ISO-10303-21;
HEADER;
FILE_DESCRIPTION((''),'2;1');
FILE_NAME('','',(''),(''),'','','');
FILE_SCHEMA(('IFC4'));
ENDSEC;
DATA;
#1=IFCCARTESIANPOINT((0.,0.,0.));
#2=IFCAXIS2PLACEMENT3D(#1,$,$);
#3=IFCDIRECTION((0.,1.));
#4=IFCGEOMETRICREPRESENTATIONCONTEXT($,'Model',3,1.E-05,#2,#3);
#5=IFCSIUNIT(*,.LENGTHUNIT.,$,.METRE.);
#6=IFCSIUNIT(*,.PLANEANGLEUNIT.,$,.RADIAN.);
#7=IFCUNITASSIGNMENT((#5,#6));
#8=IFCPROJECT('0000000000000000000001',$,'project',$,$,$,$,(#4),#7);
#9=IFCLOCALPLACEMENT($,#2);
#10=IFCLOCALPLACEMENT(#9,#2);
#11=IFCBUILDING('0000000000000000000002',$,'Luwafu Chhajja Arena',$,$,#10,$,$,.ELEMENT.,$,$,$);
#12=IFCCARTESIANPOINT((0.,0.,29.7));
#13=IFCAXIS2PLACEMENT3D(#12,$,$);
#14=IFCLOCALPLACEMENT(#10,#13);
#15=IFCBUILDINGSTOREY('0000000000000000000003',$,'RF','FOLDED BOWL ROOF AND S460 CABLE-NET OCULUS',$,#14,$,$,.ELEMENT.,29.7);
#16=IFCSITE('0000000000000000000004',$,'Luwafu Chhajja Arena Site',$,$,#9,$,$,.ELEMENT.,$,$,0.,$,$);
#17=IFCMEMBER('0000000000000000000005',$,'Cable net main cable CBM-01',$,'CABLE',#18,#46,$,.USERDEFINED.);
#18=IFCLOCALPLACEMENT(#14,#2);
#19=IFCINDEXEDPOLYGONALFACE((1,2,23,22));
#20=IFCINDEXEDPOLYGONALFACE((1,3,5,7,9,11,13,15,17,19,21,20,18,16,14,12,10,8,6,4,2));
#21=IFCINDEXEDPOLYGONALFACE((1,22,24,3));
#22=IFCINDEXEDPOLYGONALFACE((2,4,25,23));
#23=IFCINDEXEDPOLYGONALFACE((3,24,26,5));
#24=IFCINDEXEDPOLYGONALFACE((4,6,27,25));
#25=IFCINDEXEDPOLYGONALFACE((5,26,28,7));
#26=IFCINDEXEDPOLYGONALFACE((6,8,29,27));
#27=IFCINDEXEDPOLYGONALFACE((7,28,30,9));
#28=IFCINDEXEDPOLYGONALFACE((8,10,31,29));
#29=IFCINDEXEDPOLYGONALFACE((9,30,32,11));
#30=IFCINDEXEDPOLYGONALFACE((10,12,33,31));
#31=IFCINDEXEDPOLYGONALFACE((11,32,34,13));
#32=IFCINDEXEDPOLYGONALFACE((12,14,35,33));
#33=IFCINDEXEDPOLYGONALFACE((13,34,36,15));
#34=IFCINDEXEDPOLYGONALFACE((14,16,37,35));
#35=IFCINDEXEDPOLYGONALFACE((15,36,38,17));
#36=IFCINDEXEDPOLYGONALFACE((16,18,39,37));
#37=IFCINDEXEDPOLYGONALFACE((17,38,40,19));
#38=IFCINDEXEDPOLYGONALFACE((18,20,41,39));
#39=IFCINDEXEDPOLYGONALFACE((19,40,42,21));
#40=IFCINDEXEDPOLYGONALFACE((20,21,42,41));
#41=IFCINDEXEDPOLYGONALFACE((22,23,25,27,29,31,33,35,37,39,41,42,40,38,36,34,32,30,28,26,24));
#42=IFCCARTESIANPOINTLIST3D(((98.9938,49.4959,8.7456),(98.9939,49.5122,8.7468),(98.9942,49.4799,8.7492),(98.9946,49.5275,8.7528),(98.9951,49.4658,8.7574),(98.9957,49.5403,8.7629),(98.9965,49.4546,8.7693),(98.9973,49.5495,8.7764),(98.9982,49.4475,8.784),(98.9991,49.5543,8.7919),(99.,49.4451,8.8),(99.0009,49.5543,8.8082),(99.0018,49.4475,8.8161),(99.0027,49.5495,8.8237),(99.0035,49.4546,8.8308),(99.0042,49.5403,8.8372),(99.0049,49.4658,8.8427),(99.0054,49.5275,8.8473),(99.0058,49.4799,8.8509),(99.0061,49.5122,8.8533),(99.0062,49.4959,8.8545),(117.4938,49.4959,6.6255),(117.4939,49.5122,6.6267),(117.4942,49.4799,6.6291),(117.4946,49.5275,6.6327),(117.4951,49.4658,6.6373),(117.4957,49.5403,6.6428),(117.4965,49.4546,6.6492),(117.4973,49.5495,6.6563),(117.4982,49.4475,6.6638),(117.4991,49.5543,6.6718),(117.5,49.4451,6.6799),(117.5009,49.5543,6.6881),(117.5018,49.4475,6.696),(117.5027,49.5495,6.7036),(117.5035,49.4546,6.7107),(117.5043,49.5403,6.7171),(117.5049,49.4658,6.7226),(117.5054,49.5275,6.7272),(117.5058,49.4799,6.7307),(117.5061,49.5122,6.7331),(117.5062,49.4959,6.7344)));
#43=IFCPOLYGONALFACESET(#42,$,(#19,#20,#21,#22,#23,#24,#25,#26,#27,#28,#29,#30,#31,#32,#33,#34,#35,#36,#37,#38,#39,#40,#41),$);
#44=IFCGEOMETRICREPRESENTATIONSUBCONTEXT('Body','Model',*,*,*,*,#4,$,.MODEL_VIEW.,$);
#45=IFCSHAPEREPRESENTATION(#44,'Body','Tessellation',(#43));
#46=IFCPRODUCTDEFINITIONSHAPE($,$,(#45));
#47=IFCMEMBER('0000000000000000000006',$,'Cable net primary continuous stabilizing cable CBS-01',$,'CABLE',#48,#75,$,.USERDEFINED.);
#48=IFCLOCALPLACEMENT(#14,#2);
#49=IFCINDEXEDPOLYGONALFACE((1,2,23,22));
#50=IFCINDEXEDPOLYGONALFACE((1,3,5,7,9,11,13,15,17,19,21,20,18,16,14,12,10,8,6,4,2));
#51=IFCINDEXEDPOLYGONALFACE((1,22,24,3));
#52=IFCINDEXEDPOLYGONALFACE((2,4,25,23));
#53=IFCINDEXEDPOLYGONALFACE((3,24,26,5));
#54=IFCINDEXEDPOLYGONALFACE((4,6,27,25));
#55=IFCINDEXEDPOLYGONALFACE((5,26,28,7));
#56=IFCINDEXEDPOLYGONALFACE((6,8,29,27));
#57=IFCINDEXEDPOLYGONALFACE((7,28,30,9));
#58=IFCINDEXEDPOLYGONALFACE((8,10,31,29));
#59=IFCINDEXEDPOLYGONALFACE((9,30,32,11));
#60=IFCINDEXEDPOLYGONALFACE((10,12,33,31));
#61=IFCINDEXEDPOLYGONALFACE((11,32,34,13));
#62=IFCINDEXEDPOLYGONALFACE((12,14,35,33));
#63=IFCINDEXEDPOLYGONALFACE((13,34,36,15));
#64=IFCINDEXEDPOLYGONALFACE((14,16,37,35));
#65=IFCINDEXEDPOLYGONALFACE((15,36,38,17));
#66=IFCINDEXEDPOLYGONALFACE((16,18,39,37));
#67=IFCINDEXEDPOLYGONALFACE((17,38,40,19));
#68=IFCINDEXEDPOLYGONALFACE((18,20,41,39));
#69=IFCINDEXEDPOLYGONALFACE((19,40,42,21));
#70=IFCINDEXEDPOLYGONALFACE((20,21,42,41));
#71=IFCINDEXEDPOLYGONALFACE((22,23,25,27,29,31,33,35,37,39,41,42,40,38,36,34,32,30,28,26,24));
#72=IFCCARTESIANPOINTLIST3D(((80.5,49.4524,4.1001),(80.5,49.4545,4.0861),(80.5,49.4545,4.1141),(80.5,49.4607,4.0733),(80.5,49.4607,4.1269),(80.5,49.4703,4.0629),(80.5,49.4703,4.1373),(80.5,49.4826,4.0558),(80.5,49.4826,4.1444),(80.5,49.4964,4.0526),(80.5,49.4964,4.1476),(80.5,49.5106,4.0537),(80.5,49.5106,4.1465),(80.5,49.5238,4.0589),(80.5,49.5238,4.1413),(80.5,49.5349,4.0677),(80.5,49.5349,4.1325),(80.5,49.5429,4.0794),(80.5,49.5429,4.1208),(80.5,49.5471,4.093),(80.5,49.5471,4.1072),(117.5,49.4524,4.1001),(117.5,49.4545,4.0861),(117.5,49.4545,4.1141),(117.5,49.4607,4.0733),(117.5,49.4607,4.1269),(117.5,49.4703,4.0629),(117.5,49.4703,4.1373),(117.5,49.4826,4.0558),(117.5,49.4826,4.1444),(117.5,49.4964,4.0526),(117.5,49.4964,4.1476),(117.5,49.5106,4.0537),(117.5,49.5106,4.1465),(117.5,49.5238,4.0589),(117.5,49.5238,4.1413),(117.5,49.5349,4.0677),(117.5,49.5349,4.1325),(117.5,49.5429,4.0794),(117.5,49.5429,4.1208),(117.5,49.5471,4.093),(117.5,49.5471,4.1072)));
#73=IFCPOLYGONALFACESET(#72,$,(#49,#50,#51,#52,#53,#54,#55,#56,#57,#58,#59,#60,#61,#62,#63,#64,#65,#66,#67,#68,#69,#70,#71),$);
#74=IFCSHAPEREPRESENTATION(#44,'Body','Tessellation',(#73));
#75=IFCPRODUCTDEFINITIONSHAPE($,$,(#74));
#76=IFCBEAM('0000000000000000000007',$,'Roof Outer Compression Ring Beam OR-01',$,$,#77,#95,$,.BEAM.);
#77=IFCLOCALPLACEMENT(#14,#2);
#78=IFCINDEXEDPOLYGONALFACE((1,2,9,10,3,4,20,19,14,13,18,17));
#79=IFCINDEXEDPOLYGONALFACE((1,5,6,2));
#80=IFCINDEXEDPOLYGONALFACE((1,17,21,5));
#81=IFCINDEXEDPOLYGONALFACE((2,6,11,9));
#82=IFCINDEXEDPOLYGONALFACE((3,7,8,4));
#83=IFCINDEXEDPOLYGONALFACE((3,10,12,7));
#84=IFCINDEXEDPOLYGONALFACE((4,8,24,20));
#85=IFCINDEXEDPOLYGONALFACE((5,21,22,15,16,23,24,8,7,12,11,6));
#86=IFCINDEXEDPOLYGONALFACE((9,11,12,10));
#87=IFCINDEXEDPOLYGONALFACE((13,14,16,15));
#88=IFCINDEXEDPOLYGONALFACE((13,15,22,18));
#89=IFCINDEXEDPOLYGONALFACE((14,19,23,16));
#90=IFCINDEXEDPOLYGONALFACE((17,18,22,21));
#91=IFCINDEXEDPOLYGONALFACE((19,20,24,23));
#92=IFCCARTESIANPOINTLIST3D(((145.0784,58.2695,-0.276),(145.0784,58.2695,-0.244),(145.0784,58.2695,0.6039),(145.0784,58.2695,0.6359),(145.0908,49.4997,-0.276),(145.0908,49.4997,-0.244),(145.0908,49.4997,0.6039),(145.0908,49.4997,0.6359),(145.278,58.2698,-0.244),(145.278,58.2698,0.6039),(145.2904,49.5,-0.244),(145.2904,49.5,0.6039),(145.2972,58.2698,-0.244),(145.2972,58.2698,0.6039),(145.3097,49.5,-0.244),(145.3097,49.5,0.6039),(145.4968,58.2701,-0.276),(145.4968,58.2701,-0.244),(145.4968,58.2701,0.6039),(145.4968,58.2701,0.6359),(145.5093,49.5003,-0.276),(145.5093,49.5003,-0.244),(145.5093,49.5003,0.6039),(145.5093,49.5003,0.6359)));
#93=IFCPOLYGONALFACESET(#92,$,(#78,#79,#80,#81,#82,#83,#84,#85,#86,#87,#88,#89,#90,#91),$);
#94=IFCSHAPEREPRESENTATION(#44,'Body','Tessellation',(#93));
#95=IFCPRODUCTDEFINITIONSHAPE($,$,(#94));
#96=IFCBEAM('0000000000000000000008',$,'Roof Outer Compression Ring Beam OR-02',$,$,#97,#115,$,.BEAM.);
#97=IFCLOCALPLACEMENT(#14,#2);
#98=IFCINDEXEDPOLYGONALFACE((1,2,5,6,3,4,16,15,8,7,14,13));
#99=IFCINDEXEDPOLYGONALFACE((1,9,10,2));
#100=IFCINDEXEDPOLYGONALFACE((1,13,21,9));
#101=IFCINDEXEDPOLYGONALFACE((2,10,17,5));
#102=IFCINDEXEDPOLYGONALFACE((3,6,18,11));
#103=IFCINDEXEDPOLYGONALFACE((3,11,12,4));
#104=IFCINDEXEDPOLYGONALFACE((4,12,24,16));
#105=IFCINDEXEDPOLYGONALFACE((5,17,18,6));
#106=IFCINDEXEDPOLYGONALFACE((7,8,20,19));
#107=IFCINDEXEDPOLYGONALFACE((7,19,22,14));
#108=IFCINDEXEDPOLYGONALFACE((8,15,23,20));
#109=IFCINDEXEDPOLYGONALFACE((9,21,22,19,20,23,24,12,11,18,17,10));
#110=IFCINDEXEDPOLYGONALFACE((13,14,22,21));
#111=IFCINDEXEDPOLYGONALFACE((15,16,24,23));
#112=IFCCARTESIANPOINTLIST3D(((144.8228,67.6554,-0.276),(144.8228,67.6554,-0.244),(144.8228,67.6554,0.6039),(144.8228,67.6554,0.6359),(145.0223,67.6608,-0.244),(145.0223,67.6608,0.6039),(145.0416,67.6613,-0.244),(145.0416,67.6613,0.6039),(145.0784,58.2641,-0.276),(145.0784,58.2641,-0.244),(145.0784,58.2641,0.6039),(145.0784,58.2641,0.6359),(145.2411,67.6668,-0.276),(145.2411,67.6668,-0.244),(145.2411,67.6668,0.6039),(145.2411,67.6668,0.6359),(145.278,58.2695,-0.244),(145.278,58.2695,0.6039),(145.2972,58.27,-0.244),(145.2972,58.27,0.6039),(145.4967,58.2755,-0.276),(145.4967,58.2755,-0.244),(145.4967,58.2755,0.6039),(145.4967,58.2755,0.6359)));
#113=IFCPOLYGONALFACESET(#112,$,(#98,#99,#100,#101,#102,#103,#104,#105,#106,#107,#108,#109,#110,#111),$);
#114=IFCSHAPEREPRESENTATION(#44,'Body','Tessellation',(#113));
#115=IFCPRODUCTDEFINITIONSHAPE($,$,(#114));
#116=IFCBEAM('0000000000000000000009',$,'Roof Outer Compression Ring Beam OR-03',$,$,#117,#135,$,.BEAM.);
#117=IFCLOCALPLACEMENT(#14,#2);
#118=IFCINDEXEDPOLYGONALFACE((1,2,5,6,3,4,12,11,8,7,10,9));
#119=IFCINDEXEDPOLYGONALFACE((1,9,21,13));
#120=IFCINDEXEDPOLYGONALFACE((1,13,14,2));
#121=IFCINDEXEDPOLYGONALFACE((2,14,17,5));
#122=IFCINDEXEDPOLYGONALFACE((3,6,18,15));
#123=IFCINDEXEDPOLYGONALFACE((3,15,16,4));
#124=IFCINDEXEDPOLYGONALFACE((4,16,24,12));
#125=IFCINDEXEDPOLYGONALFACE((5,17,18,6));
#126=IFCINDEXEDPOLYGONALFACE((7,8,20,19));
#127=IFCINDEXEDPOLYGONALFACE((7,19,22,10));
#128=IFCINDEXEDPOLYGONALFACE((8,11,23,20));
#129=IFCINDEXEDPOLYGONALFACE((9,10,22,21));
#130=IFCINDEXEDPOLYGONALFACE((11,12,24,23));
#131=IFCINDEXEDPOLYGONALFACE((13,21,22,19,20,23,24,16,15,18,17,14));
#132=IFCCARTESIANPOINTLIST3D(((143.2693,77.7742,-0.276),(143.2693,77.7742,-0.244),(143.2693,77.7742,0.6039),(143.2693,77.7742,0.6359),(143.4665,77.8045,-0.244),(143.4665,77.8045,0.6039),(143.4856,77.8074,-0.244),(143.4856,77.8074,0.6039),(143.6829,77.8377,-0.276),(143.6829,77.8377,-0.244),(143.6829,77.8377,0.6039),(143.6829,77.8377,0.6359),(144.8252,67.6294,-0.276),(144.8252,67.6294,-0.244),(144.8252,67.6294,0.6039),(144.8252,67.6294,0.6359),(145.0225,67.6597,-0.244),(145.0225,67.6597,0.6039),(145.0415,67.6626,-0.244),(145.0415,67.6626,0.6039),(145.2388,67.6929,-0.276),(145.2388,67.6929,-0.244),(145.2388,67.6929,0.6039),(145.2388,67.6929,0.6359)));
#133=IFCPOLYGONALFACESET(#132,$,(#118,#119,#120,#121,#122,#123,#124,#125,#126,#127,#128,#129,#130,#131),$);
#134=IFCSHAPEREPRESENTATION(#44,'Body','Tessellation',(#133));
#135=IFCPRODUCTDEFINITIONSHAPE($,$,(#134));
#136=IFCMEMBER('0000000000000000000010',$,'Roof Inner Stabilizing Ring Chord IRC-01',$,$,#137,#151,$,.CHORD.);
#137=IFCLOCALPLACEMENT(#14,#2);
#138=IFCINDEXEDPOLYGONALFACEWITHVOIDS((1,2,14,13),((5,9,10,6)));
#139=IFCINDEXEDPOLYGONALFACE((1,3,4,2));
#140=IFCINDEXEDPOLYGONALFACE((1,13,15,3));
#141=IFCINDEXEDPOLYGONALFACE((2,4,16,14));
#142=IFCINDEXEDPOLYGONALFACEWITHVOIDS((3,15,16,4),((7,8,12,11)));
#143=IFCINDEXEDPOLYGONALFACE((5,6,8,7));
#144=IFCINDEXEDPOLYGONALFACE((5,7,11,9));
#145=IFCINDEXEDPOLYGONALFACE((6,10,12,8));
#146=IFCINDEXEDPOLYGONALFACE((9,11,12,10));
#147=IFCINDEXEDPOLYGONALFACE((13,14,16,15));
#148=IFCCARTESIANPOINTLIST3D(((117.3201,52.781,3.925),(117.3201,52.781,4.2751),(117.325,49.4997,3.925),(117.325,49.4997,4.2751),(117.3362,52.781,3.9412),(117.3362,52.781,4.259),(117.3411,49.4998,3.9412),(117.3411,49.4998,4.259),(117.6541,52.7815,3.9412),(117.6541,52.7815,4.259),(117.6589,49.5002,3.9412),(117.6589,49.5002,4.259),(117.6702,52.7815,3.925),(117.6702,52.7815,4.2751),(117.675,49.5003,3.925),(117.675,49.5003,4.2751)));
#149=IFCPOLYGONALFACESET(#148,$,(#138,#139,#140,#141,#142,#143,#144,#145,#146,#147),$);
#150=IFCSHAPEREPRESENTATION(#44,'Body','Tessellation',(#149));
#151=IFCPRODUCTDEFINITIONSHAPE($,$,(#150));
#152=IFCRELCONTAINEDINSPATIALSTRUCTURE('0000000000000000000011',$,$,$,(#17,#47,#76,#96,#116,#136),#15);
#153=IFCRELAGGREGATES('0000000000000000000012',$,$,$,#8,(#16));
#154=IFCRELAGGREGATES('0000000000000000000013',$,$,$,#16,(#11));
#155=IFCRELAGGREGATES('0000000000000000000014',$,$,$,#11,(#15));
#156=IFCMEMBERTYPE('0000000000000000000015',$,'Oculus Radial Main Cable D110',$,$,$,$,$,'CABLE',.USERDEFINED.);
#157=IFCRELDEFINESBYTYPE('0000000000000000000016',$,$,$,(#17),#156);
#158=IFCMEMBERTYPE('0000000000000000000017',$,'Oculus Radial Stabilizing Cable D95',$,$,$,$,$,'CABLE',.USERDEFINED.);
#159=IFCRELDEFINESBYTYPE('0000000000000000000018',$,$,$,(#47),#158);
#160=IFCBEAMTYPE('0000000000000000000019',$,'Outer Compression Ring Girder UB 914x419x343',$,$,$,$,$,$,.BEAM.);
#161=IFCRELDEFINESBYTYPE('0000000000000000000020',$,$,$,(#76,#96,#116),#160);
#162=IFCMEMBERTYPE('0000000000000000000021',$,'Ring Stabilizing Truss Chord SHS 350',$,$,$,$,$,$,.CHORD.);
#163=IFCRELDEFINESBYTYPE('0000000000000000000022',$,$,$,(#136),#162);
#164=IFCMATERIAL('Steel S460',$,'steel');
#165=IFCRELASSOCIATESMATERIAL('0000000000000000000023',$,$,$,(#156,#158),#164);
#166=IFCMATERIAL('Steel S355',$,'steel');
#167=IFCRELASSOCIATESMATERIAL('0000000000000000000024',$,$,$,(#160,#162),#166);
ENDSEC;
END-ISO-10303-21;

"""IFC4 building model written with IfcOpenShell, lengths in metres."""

from ifc_helpers import new_model, si_unit, direction, frame, origin, origin_2d, place, context, subcontext, project, spatial, hollow_rectangle, circle, i_section, extrude, material, material_profile, profile_set, type_object, element, save


model = new_model("IFC4")

# Units and contexts
model_context = context("Model", 3, precision=1e-05, world=origin(), true_north=direction((0.0, 1.0)))
body_context = subcontext(model_context, "Body", "Model", "MODEL_VIEW")
ifc_project = project(units=[si_unit("LENGTHUNIT", "METRE"), si_unit("PLANEANGLEUNIT", "RADIAN")], contexts=[model_context])

# Site, building, storey
site_placement = place(None, origin())
site = spatial("IfcSite", under=ifc_project, at=site_placement, Name="Luwafu Chhajja Arena Site", CompositionType="ELEMENT", RefElevation=0.0)
building_placement = place(site_placement, origin())
building = spatial("IfcBuilding", under=site, at=building_placement, Name="Luwafu Chhajja Arena", CompositionType="ELEMENT")
storey_placement = place(building_placement, frame((0.0, 0.0, 29.7)))
storey = spatial("IfcBuildingStorey", under=building, at=storey_placement, Name="RF", Description="FOLDED BOWL ROOF AND S460 CABLE-NET OCULUS", CompositionType="ELEMENT", Elevation=29.7)

# Shared definitions
ifc_material_1 = material(Name="Steel S355", Category="steel")

# Members
ifc_material_2 = material(Name="Steel S460", Category="steel")
ifc_material_profile_1 = material_profile(ifc_material_2, circle(Radius=0.0549, at=origin_2d()), Name="CABLE D110")
ifc_profile_set_1 = profile_set([ifc_material_profile_1], Name="Steel S460")
member_type_1 = type_object("IfcMemberType", Name="Oculus Radial Main Cable D110", ElementType="CABLE", PredefinedType="USERDEFINED", material=ifc_profile_set_1)
member_1_placement = place(storey_placement, frame((117.5, 49.5, 6.6799), z_axis=(-0.993497, 0.0, 0.113856), x_axis=(0.0, -1.0, 0.0)))
element("IfcMember", 1, at=member_1_placement, inside=storey, type_object=member_type_1, Name="Cable net main cable CBM-01", ObjectType="CABLE", PredefinedType="USERDEFINED", context=body_context, shape_type="SweptSolid", body=[
    extrude(circle(Radius=0.0549, at=origin_2d()), origin(), (0.0, 0.0, 1.0), 18.6211),
])
ifc_material_profile_2 = material_profile(ifc_material_2, circle(Radius=0.0476, at=origin_2d()), Name="CABLE D95")
ifc_profile_set_2 = profile_set([ifc_material_profile_2], Name="Steel S460")
member_type_2 = type_object("IfcMemberType", Name="Oculus Radial Stabilizing Cable D95", ElementType="CABLE", PredefinedType="USERDEFINED", material=ifc_profile_set_2)
member_2_placement = place(storey_placement, frame((117.5, 49.5, 4.1001), z_axis=(-1.0, 0.0, 0.0), x_axis=(0.0, -1.0, 0.0)))
element("IfcMember", 2, at=member_2_placement, inside=storey, type_object=member_type_2, Name="Cable net primary continuous stabilizing cable CBS-01", ObjectType="CABLE", PredefinedType="USERDEFINED", context=body_context, shape_type="SweptSolid", body=[
    extrude(circle(Radius=0.0476, at=origin_2d()), origin(), (0.0, 0.0, 1.0), 37.0),
])

# Beams
ifc_material_profile_3 = material_profile(ifc_material_1, i_section(OverallWidth=0.4185, OverallDepth=0.9119, WebThickness=0.0193, FlangeThickness=0.032, at=origin_2d()), Name="UB 914x419x343")
ifc_profile_set_3 = profile_set([ifc_material_profile_3], Name="Steel S355")
beam_type_1 = type_object("IfcBeamType", Name="Outer Compression Ring Girder UB 914x419x343", PredefinedType="BEAM", material=ifc_profile_set_3)
beam_1_placement = place(storey_placement, frame((145.3, 49.5, 0.1799), z_axis=(-0.00142, 0.999999, 0.0), x_axis=(-0.999999, -0.00142, 0.0)))
element("IfcBeam", 3, at=beam_1_placement, inside=storey, type_object=beam_type_1, Name="Roof Outer Compression Ring Beam OR-01", PredefinedType="BEAM", context=body_context, shape_type="SweptSolid", body=[
    extrude(i_section(OverallWidth=0.4185, OverallDepth=0.9119, WebThickness=0.0193, FlangeThickness=0.032, at=origin_2d()), origin(), (0.0, 0.0, 1.0), 8.7698),
])
beam_2_placement = place(storey_placement, frame((145.2876, 58.2698, 0.1799), z_axis=(-0.027208, 0.99963, 0.0), x_axis=(-0.99963, -0.027208, 0.0)))
element("IfcBeam", 4, at=beam_2_placement, inside=storey, type_object=beam_type_1, Name="Roof Outer Compression Ring Beam OR-02", PredefinedType="BEAM", context=body_context, shape_type="SweptSolid", body=[
    extrude(i_section(OverallWidth=0.4185, OverallDepth=0.9119, WebThickness=0.0193, FlangeThickness=0.032, at=origin_2d()), origin(), (0.0, 0.0, 1.0), 9.3948),
])
beam_3_placement = place(storey_placement, frame((145.032, 67.6611, 0.1799), z_axis=(-0.151598, 0.988442, 0.0), x_axis=(-0.988442, -0.151598, 0.0)))
element("IfcBeam", 5, at=beam_3_placement, inside=storey, type_object=beam_type_1, Name="Roof Outer Compression Ring Beam OR-03", PredefinedType="BEAM", context=body_context, shape_type="SweptSolid", body=[
    extrude(i_section(OverallWidth=0.4185, OverallDepth=0.9119, WebThickness=0.0193, FlangeThickness=0.032, at=origin_2d()), origin(), (0.0, 0.0, 1.0), 10.2634),
])

# Member
ifc_material_profile_4 = material_profile(ifc_material_1, hollow_rectangle(XDim=0.3501, YDim=0.3501, WallThickness=0.0161, at=origin_2d()), Name="SHS 350x350x16")
ifc_profile_set_4 = profile_set([ifc_material_profile_4], Name="Steel S355")
member_type_3 = type_object("IfcMemberType", Name="Ring Stabilizing Truss Chord SHS 350", PredefinedType="CHORD", material=ifc_profile_set_4)
member_3_placement = place(storey_placement, frame((117.5, 49.5, 4.1001), z_axis=(-0.001488, 0.999999, 0.0), x_axis=(-0.999999, -0.001488, 0.0)))
element("IfcMember", 6, at=member_3_placement, inside=storey, type_object=member_type_3, Name="Roof Inner Stabilizing Ring Chord IRC-01", PredefinedType="CHORD", context=body_context, shape_type="SweptSolid", body=[
    extrude(hollow_rectangle(XDim=0.3501, YDim=0.3501, WallThickness=0.0161, at=origin_2d()), origin(), (0.0, 0.0, 1.0), 3.2812),
])

save(model, "model.ifc")
